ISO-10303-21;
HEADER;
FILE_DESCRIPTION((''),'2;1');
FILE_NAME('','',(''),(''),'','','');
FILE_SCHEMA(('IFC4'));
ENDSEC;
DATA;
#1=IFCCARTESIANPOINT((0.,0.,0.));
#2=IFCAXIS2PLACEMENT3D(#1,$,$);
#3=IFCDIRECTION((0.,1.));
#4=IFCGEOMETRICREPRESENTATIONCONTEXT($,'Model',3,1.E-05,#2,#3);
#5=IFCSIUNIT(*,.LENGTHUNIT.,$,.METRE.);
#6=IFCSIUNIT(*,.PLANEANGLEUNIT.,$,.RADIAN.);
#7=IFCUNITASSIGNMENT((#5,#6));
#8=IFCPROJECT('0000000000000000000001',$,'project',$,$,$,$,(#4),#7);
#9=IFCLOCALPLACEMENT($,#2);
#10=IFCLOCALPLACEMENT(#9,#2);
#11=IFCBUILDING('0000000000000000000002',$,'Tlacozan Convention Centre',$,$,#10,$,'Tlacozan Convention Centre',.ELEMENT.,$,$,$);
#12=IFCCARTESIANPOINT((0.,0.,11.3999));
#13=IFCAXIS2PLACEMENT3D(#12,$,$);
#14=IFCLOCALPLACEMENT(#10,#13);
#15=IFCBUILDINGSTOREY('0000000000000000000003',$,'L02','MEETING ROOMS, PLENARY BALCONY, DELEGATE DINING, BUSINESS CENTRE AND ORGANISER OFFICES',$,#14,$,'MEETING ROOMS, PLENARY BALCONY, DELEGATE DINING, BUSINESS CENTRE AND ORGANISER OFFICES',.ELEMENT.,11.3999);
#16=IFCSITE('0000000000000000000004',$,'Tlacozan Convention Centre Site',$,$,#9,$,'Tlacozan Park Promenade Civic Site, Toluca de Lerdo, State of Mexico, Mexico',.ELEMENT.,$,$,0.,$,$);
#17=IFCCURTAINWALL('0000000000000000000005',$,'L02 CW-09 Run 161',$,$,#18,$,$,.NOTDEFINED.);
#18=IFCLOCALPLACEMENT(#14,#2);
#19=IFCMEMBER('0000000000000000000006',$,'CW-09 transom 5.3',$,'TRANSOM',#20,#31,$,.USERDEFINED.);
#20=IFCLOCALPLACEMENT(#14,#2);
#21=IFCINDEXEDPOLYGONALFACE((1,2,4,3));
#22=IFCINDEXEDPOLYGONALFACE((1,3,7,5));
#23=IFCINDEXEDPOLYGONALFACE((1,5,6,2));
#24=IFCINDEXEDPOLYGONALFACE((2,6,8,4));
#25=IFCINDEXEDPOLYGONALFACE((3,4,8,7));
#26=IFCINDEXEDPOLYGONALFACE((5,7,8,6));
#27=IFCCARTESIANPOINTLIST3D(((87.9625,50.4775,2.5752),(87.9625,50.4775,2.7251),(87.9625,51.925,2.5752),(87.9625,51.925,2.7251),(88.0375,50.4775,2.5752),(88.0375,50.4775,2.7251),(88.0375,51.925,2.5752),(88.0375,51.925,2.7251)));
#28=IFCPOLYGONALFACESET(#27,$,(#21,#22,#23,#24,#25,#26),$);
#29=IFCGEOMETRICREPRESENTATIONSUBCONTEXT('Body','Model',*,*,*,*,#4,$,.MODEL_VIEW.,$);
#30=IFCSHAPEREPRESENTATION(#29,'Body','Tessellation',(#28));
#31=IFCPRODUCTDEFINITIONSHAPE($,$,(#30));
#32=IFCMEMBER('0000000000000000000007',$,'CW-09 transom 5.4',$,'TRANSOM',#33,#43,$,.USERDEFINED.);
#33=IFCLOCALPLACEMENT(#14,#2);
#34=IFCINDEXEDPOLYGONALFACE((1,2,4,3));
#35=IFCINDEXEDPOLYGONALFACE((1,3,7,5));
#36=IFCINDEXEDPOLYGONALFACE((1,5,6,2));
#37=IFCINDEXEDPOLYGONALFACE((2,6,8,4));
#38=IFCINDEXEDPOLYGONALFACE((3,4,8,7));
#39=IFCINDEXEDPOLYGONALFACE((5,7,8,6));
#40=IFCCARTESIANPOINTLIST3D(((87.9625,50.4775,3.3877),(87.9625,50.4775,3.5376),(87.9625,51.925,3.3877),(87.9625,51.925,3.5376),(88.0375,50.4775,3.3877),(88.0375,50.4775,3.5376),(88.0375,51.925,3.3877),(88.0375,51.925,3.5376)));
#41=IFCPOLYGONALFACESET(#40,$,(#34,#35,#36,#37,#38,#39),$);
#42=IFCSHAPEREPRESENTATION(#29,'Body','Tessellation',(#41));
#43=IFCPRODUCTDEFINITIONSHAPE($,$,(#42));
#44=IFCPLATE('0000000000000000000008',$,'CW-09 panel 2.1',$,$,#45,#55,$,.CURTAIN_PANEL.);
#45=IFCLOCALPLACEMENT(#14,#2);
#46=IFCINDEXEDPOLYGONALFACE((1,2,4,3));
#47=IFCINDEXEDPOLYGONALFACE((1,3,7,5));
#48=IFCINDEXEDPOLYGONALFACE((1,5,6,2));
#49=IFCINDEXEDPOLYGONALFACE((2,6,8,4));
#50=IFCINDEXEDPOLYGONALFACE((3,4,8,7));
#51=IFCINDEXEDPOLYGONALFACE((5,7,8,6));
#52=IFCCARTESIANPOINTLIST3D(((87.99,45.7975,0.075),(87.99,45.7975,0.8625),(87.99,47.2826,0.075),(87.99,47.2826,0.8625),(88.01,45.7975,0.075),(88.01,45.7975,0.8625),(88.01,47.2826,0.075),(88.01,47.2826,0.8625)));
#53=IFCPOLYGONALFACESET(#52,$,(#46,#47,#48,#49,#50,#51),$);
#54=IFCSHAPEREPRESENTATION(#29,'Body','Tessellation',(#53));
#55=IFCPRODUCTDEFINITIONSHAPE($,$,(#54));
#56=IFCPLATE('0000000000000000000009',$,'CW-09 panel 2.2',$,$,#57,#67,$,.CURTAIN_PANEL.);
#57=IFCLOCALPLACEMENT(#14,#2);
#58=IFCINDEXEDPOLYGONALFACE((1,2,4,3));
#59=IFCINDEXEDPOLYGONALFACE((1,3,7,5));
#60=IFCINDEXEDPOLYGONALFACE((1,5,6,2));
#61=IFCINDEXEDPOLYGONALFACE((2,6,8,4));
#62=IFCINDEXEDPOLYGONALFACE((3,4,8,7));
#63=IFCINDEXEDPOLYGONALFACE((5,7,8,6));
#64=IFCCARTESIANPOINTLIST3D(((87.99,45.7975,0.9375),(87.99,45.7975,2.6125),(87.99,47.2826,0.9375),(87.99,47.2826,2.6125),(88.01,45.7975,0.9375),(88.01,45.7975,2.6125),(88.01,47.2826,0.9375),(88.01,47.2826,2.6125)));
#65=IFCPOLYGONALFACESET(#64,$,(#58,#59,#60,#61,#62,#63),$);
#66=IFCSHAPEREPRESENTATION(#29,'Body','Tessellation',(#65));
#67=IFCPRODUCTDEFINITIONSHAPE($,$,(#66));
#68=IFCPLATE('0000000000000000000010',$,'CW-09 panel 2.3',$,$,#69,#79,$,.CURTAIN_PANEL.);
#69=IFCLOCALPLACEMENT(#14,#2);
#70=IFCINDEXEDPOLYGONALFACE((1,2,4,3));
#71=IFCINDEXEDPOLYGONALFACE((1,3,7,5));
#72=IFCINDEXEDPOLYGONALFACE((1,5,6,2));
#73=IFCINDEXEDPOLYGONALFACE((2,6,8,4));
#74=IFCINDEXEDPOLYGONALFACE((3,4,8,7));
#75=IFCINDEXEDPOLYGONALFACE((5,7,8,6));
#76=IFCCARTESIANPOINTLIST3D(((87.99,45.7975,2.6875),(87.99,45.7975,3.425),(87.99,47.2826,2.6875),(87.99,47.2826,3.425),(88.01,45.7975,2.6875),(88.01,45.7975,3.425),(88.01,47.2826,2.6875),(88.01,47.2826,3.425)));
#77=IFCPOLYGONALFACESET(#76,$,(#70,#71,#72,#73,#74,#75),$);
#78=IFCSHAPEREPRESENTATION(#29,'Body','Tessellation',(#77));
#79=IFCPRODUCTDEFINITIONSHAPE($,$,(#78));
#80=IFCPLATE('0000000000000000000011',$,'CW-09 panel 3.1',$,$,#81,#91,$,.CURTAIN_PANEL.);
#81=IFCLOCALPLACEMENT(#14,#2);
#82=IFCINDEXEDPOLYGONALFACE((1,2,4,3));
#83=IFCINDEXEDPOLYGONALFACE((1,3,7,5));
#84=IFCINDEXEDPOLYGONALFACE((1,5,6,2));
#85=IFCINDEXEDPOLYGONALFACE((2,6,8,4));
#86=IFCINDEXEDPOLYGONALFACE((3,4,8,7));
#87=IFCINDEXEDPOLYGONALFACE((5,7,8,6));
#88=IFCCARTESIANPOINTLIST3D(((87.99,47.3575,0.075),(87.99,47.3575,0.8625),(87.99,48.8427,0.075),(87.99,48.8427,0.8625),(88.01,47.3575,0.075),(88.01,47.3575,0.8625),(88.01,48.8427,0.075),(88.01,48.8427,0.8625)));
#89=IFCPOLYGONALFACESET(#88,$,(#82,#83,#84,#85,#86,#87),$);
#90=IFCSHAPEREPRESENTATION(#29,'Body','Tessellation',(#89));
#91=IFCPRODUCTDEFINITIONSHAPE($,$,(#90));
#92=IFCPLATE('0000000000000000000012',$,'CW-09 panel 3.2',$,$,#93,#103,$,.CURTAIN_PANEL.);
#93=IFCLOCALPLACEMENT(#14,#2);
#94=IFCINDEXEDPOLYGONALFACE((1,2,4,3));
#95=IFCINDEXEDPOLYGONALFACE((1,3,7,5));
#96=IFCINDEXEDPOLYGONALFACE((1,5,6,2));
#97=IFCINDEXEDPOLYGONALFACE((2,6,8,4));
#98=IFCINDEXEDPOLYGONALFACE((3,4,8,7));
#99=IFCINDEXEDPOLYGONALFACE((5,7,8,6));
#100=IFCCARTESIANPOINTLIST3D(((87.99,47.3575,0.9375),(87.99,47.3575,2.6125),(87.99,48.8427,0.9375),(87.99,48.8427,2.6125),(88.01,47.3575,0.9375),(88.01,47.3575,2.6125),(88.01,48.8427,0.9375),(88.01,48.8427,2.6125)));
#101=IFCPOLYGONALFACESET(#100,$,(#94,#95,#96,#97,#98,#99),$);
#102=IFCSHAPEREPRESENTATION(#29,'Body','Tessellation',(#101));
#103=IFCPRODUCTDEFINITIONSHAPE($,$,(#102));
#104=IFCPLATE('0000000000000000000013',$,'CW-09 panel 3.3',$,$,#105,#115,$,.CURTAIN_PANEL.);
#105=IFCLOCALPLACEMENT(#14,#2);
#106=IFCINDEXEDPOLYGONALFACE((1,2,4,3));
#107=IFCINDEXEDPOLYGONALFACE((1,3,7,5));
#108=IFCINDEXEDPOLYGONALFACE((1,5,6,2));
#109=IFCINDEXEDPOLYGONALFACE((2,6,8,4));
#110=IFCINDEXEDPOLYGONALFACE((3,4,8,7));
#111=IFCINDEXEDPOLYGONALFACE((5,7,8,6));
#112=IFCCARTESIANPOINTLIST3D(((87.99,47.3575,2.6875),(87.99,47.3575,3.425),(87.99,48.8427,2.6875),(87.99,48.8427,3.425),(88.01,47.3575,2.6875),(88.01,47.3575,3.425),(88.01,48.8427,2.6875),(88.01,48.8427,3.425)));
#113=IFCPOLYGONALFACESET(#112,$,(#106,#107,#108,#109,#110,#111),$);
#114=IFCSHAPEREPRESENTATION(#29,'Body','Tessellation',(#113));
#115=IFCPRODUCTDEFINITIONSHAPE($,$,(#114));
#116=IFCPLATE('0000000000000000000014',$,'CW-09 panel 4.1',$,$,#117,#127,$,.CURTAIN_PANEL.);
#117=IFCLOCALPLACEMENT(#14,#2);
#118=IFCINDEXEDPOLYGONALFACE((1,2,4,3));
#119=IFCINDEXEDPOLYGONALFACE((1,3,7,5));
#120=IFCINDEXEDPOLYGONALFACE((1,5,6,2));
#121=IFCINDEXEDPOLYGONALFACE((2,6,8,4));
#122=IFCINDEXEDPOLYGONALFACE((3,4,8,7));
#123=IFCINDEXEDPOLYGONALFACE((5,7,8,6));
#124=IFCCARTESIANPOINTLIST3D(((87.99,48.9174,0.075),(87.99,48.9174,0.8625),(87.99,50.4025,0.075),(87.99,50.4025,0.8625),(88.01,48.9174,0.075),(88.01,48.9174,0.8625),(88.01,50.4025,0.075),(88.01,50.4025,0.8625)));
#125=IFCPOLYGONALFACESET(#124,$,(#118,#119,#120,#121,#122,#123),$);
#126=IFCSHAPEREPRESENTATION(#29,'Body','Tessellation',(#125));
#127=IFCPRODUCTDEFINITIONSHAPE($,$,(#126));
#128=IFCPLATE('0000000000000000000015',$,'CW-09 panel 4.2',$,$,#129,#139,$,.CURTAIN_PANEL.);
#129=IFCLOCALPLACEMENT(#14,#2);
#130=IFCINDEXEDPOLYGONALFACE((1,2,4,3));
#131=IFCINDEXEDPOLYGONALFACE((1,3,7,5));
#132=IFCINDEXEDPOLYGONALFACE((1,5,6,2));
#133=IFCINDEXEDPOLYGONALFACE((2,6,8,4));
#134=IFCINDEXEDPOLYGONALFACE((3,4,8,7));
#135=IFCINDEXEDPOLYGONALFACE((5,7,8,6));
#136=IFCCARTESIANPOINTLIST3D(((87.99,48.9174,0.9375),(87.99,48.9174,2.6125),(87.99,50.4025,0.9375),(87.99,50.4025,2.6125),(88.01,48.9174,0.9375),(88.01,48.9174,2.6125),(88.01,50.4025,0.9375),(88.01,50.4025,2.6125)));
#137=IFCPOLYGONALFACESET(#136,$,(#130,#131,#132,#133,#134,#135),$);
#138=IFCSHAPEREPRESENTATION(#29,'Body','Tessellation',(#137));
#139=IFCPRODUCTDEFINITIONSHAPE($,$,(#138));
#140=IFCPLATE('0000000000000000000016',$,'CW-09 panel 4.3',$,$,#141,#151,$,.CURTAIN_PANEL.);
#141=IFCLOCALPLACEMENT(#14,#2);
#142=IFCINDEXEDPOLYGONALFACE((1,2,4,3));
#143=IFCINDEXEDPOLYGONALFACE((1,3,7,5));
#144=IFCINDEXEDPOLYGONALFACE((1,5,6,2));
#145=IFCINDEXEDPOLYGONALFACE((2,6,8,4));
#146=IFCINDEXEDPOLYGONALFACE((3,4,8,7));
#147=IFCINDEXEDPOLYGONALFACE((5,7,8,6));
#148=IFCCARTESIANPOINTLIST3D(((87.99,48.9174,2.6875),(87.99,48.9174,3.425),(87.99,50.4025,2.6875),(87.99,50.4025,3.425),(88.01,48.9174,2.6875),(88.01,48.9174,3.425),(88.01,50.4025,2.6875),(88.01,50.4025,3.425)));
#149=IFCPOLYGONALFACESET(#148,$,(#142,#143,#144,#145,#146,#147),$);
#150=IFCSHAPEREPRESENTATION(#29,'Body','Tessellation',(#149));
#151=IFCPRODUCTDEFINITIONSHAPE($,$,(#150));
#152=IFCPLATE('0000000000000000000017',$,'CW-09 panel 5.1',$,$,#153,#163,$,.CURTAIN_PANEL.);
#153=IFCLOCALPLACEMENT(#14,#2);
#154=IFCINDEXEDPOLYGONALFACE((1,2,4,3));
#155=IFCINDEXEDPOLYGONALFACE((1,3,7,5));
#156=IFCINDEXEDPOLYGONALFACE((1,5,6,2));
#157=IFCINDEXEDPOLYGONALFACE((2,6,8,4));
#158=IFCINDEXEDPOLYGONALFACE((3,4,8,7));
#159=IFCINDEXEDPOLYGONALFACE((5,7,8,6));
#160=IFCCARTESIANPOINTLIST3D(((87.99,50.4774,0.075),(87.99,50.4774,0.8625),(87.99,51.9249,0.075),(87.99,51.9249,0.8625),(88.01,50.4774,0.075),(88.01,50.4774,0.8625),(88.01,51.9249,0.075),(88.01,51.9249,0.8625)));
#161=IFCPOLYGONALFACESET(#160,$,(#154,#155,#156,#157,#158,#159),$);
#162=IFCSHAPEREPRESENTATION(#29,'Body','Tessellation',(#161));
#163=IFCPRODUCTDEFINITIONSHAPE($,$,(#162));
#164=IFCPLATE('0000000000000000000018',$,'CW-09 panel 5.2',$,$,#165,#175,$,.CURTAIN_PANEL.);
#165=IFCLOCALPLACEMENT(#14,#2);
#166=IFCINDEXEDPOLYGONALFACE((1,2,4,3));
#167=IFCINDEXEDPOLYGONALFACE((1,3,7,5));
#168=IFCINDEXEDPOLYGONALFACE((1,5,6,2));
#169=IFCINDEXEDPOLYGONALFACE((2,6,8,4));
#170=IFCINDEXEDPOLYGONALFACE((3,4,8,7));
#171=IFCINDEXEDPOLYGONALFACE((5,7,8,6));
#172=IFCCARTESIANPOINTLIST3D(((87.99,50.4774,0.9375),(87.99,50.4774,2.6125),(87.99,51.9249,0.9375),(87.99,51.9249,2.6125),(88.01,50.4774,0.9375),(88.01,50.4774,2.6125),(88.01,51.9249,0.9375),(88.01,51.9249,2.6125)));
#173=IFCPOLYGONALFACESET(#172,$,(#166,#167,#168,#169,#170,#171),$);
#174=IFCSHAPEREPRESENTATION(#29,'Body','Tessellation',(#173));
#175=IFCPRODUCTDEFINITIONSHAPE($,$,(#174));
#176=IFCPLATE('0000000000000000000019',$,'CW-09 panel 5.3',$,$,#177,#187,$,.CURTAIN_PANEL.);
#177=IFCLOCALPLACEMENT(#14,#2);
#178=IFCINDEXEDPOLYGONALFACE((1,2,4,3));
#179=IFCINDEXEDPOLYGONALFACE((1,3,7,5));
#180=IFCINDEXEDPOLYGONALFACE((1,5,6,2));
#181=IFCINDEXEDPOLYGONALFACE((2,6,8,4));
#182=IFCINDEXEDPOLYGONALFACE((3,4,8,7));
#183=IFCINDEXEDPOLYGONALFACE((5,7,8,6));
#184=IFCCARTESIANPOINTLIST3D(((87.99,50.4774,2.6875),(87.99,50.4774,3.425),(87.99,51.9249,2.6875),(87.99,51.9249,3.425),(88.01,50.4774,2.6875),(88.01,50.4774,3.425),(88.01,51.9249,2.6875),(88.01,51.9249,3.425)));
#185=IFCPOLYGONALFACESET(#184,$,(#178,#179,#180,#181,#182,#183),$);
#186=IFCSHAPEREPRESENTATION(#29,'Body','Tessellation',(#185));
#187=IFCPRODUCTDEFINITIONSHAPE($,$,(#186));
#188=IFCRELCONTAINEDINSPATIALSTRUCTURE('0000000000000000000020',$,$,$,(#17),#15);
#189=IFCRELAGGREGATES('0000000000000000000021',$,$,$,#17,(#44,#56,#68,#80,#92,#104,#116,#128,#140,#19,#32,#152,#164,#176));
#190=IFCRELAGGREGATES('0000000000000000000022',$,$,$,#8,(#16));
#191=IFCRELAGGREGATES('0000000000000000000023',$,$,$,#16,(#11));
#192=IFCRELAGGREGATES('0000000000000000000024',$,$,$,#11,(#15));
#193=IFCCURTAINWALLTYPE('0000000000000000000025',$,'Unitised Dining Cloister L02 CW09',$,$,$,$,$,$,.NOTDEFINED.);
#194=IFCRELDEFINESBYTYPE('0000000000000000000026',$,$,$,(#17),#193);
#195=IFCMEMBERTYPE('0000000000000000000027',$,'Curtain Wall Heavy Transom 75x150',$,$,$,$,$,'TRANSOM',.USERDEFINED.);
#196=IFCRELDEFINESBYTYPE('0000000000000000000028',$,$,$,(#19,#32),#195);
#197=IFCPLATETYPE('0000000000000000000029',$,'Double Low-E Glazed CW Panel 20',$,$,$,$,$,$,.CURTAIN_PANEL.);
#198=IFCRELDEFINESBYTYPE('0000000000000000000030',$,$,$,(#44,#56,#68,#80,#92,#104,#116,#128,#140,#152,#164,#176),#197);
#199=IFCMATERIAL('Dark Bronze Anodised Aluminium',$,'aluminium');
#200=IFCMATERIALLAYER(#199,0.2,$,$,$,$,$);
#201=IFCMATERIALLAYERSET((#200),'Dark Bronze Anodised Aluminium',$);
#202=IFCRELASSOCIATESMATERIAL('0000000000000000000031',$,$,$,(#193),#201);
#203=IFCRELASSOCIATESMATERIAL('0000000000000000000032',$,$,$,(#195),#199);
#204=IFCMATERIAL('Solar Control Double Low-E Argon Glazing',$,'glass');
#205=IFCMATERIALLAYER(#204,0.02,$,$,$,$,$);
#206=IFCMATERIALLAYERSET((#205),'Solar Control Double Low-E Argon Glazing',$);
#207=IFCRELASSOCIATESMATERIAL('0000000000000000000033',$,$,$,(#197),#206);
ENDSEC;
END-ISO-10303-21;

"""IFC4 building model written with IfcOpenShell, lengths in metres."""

from ifc_helpers import new_model, si_unit, direction, frame, origin, origin_2d, place, context, subcontext, project, spatial, rectangle, extrude, material, layer, layer_set, material_profile, profile_set, type_object, element, aggregate, save


model = new_model("IFC4")

# Units and contexts
model_context = context("Model", 3, precision=1e-05, world=origin(), true_north=direction((0.0, 1.0)))
body_context = subcontext(model_context, "Body", "Model", "MODEL_VIEW")
ifc_project = project(units=[si_unit("LENGTHUNIT", "METRE"), si_unit("PLANEANGLEUNIT", "RADIAN")], contexts=[model_context])

# Site, building, storey
site_placement = place(None, origin())
site = spatial("IfcSite", under=ifc_project, at=site_placement, Name="Tlacozan Convention Centre Site", LongName="Tlacozan Park Promenade Civic Site, Toluca de Lerdo, State of Mexico, Mexico", CompositionType="ELEMENT", RefElevation=0.0)
building_placement = place(site_placement, origin())
building = spatial("IfcBuilding", under=site, at=building_placement, Name="Tlacozan Convention Centre", LongName="Tlacozan Convention Centre", CompositionType="ELEMENT")
storey_placement = place(building_placement, frame((0.0, 0.0, 11.3999)))
storey = spatial("IfcBuildingStorey", under=building, at=storey_placement, Name="L02", Description="MEETING ROOMS, PLENARY BALCONY, DELEGATE DINING, BUSINESS CENTRE AND ORGANISER OFFICES", LongName="MEETING ROOMS, PLENARY BALCONY, DELEGATE DINING, BUSINESS CENTRE AND ORGANISER OFFICES", CompositionType="ELEMENT", Elevation=11.3999)

# Curtain wall
ifc_material_1 = material(Name="Dark Bronze Anodised Aluminium", Category="aluminium")
ifc_layer_1 = layer(ifc_material_1, 0.2)
ifc_layer_set_1 = layer_set([ifc_layer_1], Name="Dark Bronze Anodised Aluminium")
curtain_wall_type = type_object("IfcCurtainWallType", Name="Unitised Dining Cloister L02 CW09", PredefinedType="NOTDEFINED", material=ifc_layer_set_1)
curtain_wall_1_placement = place(storey_placement, origin())
curtain_wall_1 = element("IfcCurtainWall", 1, at=curtain_wall_1_placement, inside=storey, type_object=curtain_wall_type, Name="L02 CW-09 Run 161", PredefinedType="NOTDEFINED")

# Members
ifc_material_profile_1 = material_profile(ifc_material_1, rectangle(XDim=0.075, YDim=0.1499, at=origin_2d()), Name="ALU 75x150")
ifc_profile_set_1 = profile_set([ifc_material_profile_1], Name="Dark Bronze Anodised Aluminium")
member_type_1 = type_object("IfcMemberType", Name="Curtain Wall Heavy Transom 75x150", ElementType="TRANSOM", PredefinedType="USERDEFINED", material=ifc_profile_set_1)
member_1_placement = place(storey_placement, frame((88.0, 50.4775, 2.6501), z_axis=(0.0, 1.0, 0.0), x_axis=(-1.0, 0.0, 0.0)))
member_1 = element("IfcMember", 2, at=member_1_placement, type_object=member_type_1, Name="CW-09 transom 5.3", ObjectType="TRANSOM", PredefinedType="USERDEFINED", context=body_context, shape_type="SweptSolid", body=[
    extrude(rectangle(XDim=0.075, YDim=0.1499, at=origin_2d()), origin(), (0.0, 0.0, 1.0), 1.4475),
])
member_2_placement = place(storey_placement, frame((88.0, 50.4775, 3.4626), z_axis=(0.0, 1.0, 0.0), x_axis=(-1.0, 0.0, 0.0)))
member_2 = element("IfcMember", 3, at=member_2_placement, type_object=member_type_1, Name="CW-09 transom 5.4", ObjectType="TRANSOM", PredefinedType="USERDEFINED", context=body_context, shape_type="SweptSolid", body=[
    extrude(rectangle(XDim=0.075, YDim=0.1499, at=origin_2d()), origin(), (0.0, 0.0, 1.0), 1.4475),
])

# Plates
ifc_material_2 = material(Name="Solar Control Double Low-E Argon Glazing", Category="glass")
ifc_layer_2 = layer(ifc_material_2, 0.02)
ifc_layer_set_2 = layer_set([ifc_layer_2], Name="Solar Control Double Low-E Argon Glazing")
plate_type = type_object("IfcPlateType", Name="Double Low-E Glazed CW Panel 20", PredefinedType="CURTAIN_PANEL", material=ifc_layer_set_2)
plate_1_placement = place(storey_placement, frame((88.0, 46.54, 0.075), z_axis=(0.0, 0.0, 1.0), x_axis=(0.0, 1.0, 0.0)))
plate_1 = element("IfcPlate", 4, at=plate_1_placement, type_object=plate_type, Name="CW-09 panel 2.1", PredefinedType="CURTAIN_PANEL", context=body_context, shape_type="SweptSolid", body=[
    extrude(rectangle(XDim=1.4851, YDim=0.02, at=origin_2d()), origin(), (0.0, 0.0, 1.0), 0.7876),
])
plate_2_placement = place(storey_placement, frame((88.0, 46.54, 0.9375), z_axis=(0.0, 0.0, 1.0), x_axis=(0.0, 1.0, 0.0)))
plate_2 = element("IfcPlate", 5, at=plate_2_placement, type_object=plate_type, Name="CW-09 panel 2.2", PredefinedType="CURTAIN_PANEL", context=body_context, shape_type="SweptSolid", body=[
    extrude(rectangle(XDim=1.4851, YDim=0.02, at=origin_2d()), origin(), (0.0, 0.0, 1.0), 1.675),
])
plate_3_placement = place(storey_placement, frame((88.0, 46.54, 2.6875), z_axis=(0.0, 0.0, 1.0), x_axis=(0.0, 1.0, 0.0)))
plate_3 = element("IfcPlate", 6, at=plate_3_placement, type_object=plate_type, Name="CW-09 panel 2.3", PredefinedType="CURTAIN_PANEL", context=body_context, shape_type="SweptSolid", body=[
    extrude(rectangle(XDim=1.4851, YDim=0.02, at=origin_2d()), origin(), (0.0, 0.0, 1.0), 0.7375),
])
plate_4_placement = place(storey_placement, frame((88.0, 48.1001, 0.075), z_axis=(0.0, 0.0, 1.0), x_axis=(0.0, 1.0, 0.0)))
plate_4 = element("IfcPlate", 7, at=plate_4_placement, type_object=plate_type, Name="CW-09 panel 3.1", PredefinedType="CURTAIN_PANEL", context=body_context, shape_type="SweptSolid", body=[
    extrude(rectangle(XDim=1.4851, YDim=0.02, at=origin_2d()), origin(), (0.0, 0.0, 1.0), 0.7876),
])
plate_5_placement = place(storey_placement, frame((88.0, 48.1001, 0.9375), z_axis=(0.0, 0.0, 1.0), x_axis=(0.0, 1.0, 0.0)))
plate_5 = element("IfcPlate", 8, at=plate_5_placement, type_object=plate_type, Name="CW-09 panel 3.2", PredefinedType="CURTAIN_PANEL", context=body_context, shape_type="SweptSolid", body=[
    extrude(rectangle(XDim=1.4851, YDim=0.02, at=origin_2d()), origin(), (0.0, 0.0, 1.0), 1.675),
])
plate_6_placement = place(storey_placement, frame((88.0, 48.1001, 2.6875), z_axis=(0.0, 0.0, 1.0), x_axis=(0.0, 1.0, 0.0)))
plate_6 = element("IfcPlate", 9, at=plate_6_placement, type_object=plate_type, Name="CW-09 panel 3.3", PredefinedType="CURTAIN_PANEL", context=body_context, shape_type="SweptSolid", body=[
    extrude(rectangle(XDim=1.4851, YDim=0.02, at=origin_2d()), origin(), (0.0, 0.0, 1.0), 0.7375),
])
plate_7_placement = place(storey_placement, frame((88.0, 49.6599, 0.075), z_axis=(0.0, 0.0, 1.0), x_axis=(0.0, 1.0, 0.0)))
plate_7 = element("IfcPlate", 10, at=plate_7_placement, type_object=plate_type, Name="CW-09 panel 4.1", PredefinedType="CURTAIN_PANEL", context=body_context, shape_type="SweptSolid", body=[
    extrude(rectangle(XDim=1.4851, YDim=0.02, at=origin_2d()), origin(), (0.0, 0.0, 1.0), 0.7876),
])
plate_8_placement = place(storey_placement, frame((88.0, 49.6599, 0.9375), z_axis=(0.0, 0.0, 1.0), x_axis=(0.0, 1.0, 0.0)))
plate_8 = element("IfcPlate", 11, at=plate_8_placement, type_object=plate_type, Name="CW-09 panel 4.2", PredefinedType="CURTAIN_PANEL", context=body_context, shape_type="SweptSolid", body=[
    extrude(rectangle(XDim=1.4851, YDim=0.02, at=origin_2d()), origin(), (0.0, 0.0, 1.0), 1.675),
])
plate_9_placement = place(storey_placement, frame((88.0, 49.6599, 2.6875), z_axis=(0.0, 0.0, 1.0), x_axis=(0.0, 1.0, 0.0)))
plate_9 = element("IfcPlate", 12, at=plate_9_placement, type_object=plate_type, Name="CW-09 panel 4.3", PredefinedType="CURTAIN_PANEL", context=body_context, shape_type="SweptSolid", body=[
    extrude(rectangle(XDim=1.4851, YDim=0.02, at=origin_2d()), origin(), (0.0, 0.0, 1.0), 0.7375),
])
plate_10_placement = place(storey_placement, frame((88.0, 51.2012, 0.075), z_axis=(0.0, 0.0, 1.0), x_axis=(0.0, 1.0, 0.0)))
plate_10 = element("IfcPlate", 13, at=plate_10_placement, type_object=plate_type, Name="CW-09 panel 5.1", PredefinedType="CURTAIN_PANEL", context=body_context, shape_type="SweptSolid", body=[
    extrude(rectangle(XDim=1.4475, YDim=0.02, at=origin_2d()), origin(), (0.0, 0.0, 1.0), 0.7876),
])
plate_11_placement = place(storey_placement, frame((88.0, 51.2012, 0.9375), z_axis=(0.0, 0.0, 1.0), x_axis=(0.0, 1.0, 0.0)))
plate_11 = element("IfcPlate", 14, at=plate_11_placement, type_object=plate_type, Name="CW-09 panel 5.2", PredefinedType="CURTAIN_PANEL", context=body_context, shape_type="SweptSolid", body=[
    extrude(rectangle(XDim=1.4475, YDim=0.02, at=origin_2d()), origin(), (0.0, 0.0, 1.0), 1.675),
])
plate_12_placement = place(storey_placement, frame((88.0, 51.2012, 2.6875), z_axis=(0.0, 0.0, 1.0), x_axis=(0.0, 1.0, 0.0)))
plate_12 = element("IfcPlate", 15, at=plate_12_placement, type_object=plate_type, Name="CW-09 panel 5.3", PredefinedType="CURTAIN_PANEL", context=body_context, shape_type="SweptSolid", body=[
    extrude(rectangle(XDim=1.4475, YDim=0.02, at=origin_2d()), origin(), (0.0, 0.0, 1.0), 0.7375),
])
aggregate(curtain_wall_1, [plate_1, plate_2, plate_3, plate_4, plate_5, plate_6, plate_7, plate_8, plate_9, member_1, member_2, plate_10, plate_11, plate_12])

save(model, "model.ifc")
